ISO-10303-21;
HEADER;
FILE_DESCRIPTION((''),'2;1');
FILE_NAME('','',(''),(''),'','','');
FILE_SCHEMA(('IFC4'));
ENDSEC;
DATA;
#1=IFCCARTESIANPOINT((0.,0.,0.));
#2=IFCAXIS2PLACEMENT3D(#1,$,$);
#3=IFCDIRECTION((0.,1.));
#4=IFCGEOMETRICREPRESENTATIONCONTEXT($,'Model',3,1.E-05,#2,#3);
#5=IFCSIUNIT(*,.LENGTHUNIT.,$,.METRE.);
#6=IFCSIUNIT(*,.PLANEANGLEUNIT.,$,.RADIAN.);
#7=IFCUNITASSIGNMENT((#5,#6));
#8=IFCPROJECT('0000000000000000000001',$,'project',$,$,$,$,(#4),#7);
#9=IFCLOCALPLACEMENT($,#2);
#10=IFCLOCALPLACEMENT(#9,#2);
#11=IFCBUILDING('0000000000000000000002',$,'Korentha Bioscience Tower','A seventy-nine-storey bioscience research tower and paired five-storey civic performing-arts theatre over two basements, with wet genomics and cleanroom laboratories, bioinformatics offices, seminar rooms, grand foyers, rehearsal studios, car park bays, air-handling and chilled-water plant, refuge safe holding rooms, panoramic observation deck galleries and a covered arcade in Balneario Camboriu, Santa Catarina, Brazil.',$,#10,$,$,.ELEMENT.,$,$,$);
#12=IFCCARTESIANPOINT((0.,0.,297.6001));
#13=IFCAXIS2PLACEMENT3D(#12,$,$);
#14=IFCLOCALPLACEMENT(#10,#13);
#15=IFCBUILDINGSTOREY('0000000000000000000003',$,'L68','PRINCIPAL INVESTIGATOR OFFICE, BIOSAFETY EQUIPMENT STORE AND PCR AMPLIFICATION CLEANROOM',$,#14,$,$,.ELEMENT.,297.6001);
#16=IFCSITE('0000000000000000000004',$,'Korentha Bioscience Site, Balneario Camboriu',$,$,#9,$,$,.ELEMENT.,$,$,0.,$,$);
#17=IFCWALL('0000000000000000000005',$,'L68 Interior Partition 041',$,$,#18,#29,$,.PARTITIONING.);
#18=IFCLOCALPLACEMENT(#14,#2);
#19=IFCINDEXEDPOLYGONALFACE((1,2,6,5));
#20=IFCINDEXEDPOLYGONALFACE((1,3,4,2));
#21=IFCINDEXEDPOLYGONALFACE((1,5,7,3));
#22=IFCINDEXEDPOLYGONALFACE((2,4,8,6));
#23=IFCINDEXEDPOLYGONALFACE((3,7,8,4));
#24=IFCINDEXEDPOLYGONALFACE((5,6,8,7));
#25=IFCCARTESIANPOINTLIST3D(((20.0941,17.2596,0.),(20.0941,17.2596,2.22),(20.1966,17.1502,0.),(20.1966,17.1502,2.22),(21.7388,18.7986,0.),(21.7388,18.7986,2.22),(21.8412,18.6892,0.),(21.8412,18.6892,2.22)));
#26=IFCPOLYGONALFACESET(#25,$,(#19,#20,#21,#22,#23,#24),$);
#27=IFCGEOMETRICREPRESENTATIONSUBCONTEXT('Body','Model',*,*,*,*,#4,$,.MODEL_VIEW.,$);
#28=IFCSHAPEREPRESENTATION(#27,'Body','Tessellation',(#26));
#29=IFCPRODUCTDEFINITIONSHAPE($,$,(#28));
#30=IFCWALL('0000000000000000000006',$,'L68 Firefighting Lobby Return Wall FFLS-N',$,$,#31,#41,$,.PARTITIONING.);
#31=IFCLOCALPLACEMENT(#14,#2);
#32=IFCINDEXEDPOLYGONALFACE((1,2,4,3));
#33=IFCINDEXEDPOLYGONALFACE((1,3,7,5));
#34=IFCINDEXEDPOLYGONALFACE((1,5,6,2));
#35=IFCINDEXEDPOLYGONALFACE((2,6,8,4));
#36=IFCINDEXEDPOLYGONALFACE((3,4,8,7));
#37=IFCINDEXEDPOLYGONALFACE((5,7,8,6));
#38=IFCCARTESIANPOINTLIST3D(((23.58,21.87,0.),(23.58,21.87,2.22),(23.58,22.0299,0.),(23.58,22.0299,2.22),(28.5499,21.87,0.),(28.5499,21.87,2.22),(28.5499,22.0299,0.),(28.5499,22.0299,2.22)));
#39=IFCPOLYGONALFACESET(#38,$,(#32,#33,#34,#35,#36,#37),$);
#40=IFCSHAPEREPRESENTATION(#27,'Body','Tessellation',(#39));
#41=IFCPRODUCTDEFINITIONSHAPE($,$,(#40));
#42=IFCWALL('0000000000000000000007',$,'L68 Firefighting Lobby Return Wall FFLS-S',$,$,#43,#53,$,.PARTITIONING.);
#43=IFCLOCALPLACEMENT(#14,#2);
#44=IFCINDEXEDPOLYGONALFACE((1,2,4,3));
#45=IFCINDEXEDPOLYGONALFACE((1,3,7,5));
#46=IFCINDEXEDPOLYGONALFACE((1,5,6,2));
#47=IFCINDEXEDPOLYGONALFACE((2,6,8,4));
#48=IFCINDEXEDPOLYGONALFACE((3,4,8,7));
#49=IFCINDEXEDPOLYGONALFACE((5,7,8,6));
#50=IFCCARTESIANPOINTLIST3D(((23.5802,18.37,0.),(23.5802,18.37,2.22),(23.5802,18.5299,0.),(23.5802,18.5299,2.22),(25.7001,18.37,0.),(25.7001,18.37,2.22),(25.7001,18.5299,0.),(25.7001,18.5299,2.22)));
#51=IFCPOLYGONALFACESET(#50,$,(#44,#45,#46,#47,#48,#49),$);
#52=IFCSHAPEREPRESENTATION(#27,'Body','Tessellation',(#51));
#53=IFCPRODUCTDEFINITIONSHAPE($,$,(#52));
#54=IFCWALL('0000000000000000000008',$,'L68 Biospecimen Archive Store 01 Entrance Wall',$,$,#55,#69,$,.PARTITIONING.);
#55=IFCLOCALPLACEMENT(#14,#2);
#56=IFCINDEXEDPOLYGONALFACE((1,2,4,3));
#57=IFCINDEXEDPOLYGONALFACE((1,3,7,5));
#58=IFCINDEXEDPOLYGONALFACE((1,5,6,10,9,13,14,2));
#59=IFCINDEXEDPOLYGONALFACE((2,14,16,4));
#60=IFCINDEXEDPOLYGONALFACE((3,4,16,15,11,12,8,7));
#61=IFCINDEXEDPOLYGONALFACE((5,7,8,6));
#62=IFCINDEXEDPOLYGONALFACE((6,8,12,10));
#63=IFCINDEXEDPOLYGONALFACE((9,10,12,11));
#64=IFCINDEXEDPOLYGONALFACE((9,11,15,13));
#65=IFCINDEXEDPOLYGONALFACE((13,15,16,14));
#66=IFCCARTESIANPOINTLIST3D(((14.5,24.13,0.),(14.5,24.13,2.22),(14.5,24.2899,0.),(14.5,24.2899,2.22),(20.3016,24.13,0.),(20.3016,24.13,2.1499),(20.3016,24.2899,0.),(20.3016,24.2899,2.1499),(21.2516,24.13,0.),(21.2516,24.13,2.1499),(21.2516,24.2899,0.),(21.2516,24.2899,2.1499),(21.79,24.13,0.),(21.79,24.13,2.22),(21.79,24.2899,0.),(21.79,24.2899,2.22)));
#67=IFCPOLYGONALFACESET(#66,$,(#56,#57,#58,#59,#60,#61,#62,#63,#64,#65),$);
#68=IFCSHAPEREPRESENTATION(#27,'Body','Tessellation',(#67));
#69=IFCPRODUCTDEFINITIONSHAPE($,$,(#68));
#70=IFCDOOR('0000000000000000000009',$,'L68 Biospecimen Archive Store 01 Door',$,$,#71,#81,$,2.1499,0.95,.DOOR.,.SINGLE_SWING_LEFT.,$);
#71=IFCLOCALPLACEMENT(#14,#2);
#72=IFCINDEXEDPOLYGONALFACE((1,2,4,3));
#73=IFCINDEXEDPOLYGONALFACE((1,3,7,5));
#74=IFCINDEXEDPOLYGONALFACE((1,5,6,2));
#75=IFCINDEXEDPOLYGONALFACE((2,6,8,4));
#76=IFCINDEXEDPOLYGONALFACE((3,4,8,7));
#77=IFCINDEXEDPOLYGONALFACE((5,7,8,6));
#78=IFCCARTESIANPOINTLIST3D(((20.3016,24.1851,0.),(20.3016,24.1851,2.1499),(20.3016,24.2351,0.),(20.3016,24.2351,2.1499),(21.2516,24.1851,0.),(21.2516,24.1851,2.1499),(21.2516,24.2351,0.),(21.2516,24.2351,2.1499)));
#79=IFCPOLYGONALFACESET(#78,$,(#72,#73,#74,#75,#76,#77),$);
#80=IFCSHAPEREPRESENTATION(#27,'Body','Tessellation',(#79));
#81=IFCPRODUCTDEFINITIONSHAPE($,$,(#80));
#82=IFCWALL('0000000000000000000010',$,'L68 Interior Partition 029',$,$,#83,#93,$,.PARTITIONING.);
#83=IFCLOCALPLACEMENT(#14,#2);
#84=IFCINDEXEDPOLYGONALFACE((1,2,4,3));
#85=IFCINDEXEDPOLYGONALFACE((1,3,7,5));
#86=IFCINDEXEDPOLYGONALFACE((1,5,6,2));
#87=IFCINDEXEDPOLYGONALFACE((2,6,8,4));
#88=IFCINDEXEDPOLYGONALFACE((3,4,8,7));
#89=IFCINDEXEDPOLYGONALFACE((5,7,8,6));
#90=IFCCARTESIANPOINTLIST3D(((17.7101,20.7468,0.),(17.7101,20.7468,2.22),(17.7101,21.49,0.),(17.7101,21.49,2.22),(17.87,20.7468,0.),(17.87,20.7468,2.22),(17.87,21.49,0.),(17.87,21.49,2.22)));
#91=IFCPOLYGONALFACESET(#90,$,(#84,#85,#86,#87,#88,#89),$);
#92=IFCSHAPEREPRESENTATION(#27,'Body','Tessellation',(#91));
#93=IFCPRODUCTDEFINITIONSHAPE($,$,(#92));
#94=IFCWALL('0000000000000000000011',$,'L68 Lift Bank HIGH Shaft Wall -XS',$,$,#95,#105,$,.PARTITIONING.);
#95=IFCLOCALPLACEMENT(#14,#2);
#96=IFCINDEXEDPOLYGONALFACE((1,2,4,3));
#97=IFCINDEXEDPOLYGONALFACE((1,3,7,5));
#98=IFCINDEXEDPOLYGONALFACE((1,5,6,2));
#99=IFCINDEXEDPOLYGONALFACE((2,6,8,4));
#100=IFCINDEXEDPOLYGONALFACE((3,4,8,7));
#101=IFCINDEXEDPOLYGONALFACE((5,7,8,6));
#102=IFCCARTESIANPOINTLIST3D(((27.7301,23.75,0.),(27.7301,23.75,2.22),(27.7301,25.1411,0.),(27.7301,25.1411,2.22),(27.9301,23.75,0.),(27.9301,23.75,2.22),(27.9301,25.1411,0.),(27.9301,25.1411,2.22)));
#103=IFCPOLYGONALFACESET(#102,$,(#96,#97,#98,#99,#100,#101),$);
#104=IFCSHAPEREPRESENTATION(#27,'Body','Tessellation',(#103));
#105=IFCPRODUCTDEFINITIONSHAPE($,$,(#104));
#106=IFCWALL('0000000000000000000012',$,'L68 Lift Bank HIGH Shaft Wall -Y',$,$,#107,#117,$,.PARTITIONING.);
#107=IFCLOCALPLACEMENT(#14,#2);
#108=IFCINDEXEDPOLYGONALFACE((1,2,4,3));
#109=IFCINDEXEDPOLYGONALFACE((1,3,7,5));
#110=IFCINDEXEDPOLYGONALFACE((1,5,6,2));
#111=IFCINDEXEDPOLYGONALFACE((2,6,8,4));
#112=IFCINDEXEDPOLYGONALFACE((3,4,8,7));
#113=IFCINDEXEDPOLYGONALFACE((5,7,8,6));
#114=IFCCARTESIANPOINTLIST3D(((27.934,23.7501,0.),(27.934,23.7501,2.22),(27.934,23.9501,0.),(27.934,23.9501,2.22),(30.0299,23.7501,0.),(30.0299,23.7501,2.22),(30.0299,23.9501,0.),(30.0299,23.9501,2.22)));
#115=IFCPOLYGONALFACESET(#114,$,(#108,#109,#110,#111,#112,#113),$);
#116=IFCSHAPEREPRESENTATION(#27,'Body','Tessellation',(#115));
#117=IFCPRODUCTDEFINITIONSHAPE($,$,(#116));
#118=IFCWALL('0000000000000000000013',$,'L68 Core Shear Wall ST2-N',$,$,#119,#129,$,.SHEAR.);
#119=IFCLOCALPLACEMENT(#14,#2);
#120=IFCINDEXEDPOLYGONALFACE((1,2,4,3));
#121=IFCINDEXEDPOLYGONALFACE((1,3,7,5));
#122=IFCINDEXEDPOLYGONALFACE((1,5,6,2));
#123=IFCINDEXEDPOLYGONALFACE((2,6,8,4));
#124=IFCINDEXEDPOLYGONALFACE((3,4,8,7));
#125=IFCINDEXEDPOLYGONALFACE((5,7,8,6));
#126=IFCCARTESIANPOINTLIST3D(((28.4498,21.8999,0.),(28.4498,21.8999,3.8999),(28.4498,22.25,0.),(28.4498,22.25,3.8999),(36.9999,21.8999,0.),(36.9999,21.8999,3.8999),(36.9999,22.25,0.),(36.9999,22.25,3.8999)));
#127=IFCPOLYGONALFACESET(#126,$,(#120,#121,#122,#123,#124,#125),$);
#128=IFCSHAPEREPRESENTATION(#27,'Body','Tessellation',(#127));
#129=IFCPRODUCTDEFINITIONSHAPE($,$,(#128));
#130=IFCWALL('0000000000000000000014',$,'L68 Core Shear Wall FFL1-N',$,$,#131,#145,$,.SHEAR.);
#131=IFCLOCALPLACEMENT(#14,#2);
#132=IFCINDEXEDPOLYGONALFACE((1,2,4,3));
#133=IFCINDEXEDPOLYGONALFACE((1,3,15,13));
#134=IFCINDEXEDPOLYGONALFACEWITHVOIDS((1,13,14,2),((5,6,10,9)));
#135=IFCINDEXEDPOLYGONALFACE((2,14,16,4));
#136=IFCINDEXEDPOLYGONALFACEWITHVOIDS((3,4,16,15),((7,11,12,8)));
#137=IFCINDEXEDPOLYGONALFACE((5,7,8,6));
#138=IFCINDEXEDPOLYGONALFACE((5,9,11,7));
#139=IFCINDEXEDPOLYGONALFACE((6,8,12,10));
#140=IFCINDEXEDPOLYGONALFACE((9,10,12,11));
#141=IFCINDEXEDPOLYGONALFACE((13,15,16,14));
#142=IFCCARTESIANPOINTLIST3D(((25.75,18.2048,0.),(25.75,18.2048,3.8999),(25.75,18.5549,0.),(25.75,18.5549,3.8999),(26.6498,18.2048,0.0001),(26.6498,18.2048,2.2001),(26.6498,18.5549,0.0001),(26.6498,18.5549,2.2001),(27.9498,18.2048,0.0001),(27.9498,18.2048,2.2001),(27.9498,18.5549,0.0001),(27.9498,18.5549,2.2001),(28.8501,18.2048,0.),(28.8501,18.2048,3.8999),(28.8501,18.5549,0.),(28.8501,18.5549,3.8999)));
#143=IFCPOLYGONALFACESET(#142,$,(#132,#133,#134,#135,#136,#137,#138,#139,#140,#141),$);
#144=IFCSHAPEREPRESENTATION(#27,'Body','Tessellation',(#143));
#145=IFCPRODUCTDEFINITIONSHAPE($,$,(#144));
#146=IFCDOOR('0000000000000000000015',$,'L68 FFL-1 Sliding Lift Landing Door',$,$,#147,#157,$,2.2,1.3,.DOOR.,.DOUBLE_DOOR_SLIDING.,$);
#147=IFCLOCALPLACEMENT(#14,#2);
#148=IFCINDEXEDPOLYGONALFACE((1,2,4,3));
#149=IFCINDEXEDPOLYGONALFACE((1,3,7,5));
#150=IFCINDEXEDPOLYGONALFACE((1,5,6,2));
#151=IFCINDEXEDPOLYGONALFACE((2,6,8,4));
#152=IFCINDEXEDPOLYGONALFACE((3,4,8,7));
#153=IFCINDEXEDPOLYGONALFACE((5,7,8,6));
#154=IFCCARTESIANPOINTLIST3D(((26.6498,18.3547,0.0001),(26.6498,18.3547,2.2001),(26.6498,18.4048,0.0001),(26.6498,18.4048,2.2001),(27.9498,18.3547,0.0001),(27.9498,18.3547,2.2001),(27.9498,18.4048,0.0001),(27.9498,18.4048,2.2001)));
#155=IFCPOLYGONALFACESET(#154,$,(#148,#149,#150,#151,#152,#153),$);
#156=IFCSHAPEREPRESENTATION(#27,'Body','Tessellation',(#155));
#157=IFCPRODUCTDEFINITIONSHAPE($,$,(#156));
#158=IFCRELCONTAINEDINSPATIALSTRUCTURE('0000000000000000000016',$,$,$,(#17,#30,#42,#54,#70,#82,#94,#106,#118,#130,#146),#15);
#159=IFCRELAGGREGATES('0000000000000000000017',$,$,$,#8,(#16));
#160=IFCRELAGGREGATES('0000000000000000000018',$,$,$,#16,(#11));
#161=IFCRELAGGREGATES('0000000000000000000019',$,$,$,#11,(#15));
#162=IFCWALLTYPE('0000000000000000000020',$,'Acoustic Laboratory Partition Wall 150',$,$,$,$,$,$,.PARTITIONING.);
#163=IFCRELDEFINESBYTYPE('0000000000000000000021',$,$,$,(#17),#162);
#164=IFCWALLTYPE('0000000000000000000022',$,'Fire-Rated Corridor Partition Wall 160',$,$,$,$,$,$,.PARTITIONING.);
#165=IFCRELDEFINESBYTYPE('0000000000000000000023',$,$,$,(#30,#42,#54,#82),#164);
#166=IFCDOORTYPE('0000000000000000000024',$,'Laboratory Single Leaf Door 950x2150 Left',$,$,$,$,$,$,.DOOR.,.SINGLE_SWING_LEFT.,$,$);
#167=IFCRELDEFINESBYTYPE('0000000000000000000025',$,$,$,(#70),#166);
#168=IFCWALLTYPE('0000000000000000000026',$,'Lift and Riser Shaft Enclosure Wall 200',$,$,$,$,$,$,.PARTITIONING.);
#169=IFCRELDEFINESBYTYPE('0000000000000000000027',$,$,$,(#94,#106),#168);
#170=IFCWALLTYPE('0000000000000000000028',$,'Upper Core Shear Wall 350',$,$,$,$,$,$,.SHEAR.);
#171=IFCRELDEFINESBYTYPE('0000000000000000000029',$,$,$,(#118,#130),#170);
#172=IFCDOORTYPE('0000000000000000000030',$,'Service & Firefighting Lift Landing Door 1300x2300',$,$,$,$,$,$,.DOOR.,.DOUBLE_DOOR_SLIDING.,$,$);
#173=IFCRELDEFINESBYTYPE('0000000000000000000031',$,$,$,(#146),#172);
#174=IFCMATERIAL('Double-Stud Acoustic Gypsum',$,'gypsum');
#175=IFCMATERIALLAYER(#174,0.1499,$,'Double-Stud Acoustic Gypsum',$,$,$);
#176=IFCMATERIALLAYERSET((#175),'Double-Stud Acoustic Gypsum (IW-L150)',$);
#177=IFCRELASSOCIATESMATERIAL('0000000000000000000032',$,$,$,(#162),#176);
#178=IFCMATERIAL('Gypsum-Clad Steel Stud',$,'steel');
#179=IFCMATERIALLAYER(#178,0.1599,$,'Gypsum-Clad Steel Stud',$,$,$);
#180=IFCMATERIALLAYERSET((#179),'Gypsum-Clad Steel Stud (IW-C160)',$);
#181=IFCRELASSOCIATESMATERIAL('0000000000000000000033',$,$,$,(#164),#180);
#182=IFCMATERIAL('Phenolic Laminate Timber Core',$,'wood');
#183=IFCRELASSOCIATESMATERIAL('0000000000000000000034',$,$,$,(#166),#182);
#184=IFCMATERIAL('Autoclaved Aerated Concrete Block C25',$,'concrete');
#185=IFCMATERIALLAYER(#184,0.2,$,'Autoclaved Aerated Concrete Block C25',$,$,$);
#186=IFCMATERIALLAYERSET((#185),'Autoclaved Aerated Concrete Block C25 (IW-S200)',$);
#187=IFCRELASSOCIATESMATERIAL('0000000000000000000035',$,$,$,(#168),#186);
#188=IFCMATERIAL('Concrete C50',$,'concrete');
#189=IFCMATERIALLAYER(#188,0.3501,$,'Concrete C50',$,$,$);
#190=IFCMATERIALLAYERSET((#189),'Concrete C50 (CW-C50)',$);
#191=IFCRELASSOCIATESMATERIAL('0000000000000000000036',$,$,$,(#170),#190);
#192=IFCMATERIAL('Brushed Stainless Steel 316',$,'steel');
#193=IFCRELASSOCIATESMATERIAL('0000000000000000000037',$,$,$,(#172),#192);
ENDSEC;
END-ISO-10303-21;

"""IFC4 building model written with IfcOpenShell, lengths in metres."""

from ifc_helpers import new_model, si_unit, direction, frame, frame_2d, origin, place, context, subcontext, project, spatial, rectangle, extrude, material, layer, layer_set, type_object, element, fill, save


model = new_model("IFC4")

# Units and contexts
model_context = context("Model", 3, precision=1e-05, world=origin(), true_north=direction((0.0, 1.0)))
body_context = subcontext(model_context, "Body", "Model", "MODEL_VIEW")
ifc_project = project(units=[si_unit("LENGTHUNIT", "METRE"), si_unit("PLANEANGLEUNIT", "RADIAN")], contexts=[model_context])

# Site, building, storey
site_placement = place(None, origin())
site = spatial("IfcSite", under=ifc_project, at=site_placement, Name="Korentha Bioscience Site, Balneario Camboriu", CompositionType="ELEMENT", RefElevation=0.0)
building_placement = place(site_placement, origin())
building = spatial("IfcBuilding", under=site, at=building_placement, Name="Korentha Bioscience Tower", Description="A seventy-nine-storey bioscience research tower and paired five-storey civic performing-arts theatre over two basements, with wet genomics and cleanroom laboratories, bioinformatics offices, seminar rooms, grand foyers, rehearsal studios, car park bays, air-handling and chilled-water plant, refuge safe holding rooms, panoramic observation deck galleries and a covered arcade in Balneario Camboriu, Santa Catarina, Brazil.", CompositionType="ELEMENT")
storey_placement = place(building_placement, frame((0.0, 0.0, 297.6001)))
storey = spatial("IfcBuildingStorey", under=building, at=storey_placement, Name="L68", Description="PRINCIPAL INVESTIGATOR OFFICE, BIOSAFETY EQUIPMENT STORE AND PCR AMPLIFICATION CLEANROOM", CompositionType="ELEMENT", Elevation=297.6001)

# Shared definitions
ifc_material_1 = material(Name="Double-Stud Acoustic Gypsum", Category="gypsum")
ifc_layer_1 = layer(ifc_material_1, 0.1499, Name="Double-Stud Acoustic Gypsum")
ifc_layer_set_1 = layer_set([ifc_layer_1], Name="Double-Stud Acoustic Gypsum (IW-L150)")
wall_type_1 = type_object("IfcWallType", Name="Acoustic Laboratory Partition Wall 150", PredefinedType="PARTITIONING", material=ifc_layer_set_1)
ifc_material_2 = material(Name="Phenolic Laminate Timber Core", Category="wood")

# Wall
wall_1_placement = place(storey_placement, frame((21.79, 18.7439, 0.0), z_axis=(0.0, 0.0, 1.0), x_axis=(-0.730182, -0.683252, 0.0)))
element("IfcWall", 1, at=wall_1_placement, inside=storey, type_object=wall_type_1, Name="L68 Interior Partition 041", PredefinedType="PARTITIONING", context=body_context, shape_type="SweptSolid", body=[
    extrude(rectangle(XDim=2.2524, YDim=0.1499, at=frame_2d((1.1262, 0.0))), origin(), (0.0, 0.0, 1.0), 2.22),
])

# Shared definitions
ifc_material_3 = material(Name="Gypsum-Clad Steel Stud", Category="steel")
ifc_layer_2 = layer(ifc_material_3, 0.1599, Name="Gypsum-Clad Steel Stud")
ifc_layer_set_2 = layer_set([ifc_layer_2], Name="Gypsum-Clad Steel Stud (IW-C160)")
wall_type_2 = type_object("IfcWallType", Name="Fire-Rated Corridor Partition Wall 160", PredefinedType="PARTITIONING", material=ifc_layer_set_2)

# Walls
wall_2_placement = place(storey_placement, frame((23.5801, 21.95, 0.0), z_axis=(0.0, 0.0, 1.0), x_axis=(1.0, 0.0, 0.0)))
element("IfcWall", 2, at=wall_2_placement, inside=storey, type_object=wall_type_2, Name="L68 Firefighting Lobby Return Wall FFLS-N", PredefinedType="PARTITIONING", context=body_context, shape_type="SweptSolid", body=[
    extrude(rectangle(XDim=4.97, YDim=0.1599, at=frame_2d((2.4849, 0.0))), origin(), (0.0, 0.0, 1.0), 2.22),
])
wall_3_placement = place(storey_placement, frame((23.5801, 18.45, 0.0), z_axis=(0.0, 0.0, 1.0), x_axis=(1.0, 0.0, 0.0)))
element("IfcWall", 3, at=wall_3_placement, inside=storey, type_object=wall_type_2, Name="L68 Firefighting Lobby Return Wall FFLS-S", PredefinedType="PARTITIONING", context=body_context, shape_type="SweptSolid", body=[
    extrude(rectangle(XDim=2.1199, YDim=0.1599, at=frame_2d((1.0601, 0.0))), origin(), (0.0, 0.0, 1.0), 2.22),
])

# Wall, opening, door
wall_4_placement = place(storey_placement, frame((21.79, 24.21, 0.0), z_axis=(0.0, 0.0, 1.0), x_axis=(-1.0, 0.0, 0.0)))
wall_4 = element("IfcWall", 4, at=wall_4_placement, inside=storey, type_object=wall_type_2, Name="L68 Biospecimen Archive Store 01 Entrance Wall", PredefinedType="PARTITIONING", context=body_context, shape_type="SweptSolid", body=[
    extrude(rectangle(XDim=7.29, YDim=0.1599, at=frame_2d((3.645, 0.0))), origin(), (0.0, 0.0, 1.0), 2.22),
])
opening_1_placement = place(wall_4_placement, frame((0.5383, 0.0, 0.0)))
opening_1 = element("IfcOpeningElement", 5, at=opening_1_placement, cuts=wall_4, PredefinedType="OPENING", context=body_context, shape_type="SweptSolid", body=[
    extrude(rectangle(XDim=0.95, YDim=2.1499, at=frame_2d((0.4751, 1.075))), frame((0.0, 0.0947, 0.0), z_axis=(0.0, -1.0, 0.0), x_axis=(1.0, 0.0, 0.0)), (0.0, 0.0, 1.0), 0.1897),
])
door_type_1 = type_object("IfcDoorType", Name="Laboratory Single Leaf Door 950x2150 Left", OperationType="SINGLE_SWING_LEFT", PredefinedType="DOOR", material=ifc_material_2)
door_1_placement = place(opening_1_placement, origin())
door_1 = element("IfcDoor", 6, at=door_1_placement, inside=storey, type_object=door_type_1, Name="L68 Biospecimen Archive Store 01 Door", OperationType="SINGLE_SWING_LEFT", OverallHeight=2.1499, OverallWidth=0.95, PredefinedType="DOOR", context=body_context, shape_type="SweptSolid", body=[
    extrude(rectangle(XDim=0.95, YDim=2.1499, at=frame_2d((0.4751, 1.075))), frame((0.0, 0.0249, 0.0), z_axis=(0.0, -1.0, 0.0), x_axis=(1.0, 0.0, 0.0)), (0.0, 0.0, 1.0), 0.05),
])
fill(opening_1, door_1)

# Walls
wall_5_placement = place(storey_placement, frame((17.79, 21.49, 0.0), z_axis=(0.0, 0.0, 1.0), x_axis=(0.0, -1.0, 0.0)))
element("IfcWall", 7, at=wall_5_placement, inside=storey, type_object=wall_type_2, Name="L68 Interior Partition 029", PredefinedType="PARTITIONING", context=body_context, shape_type="SweptSolid", body=[
    extrude(rectangle(XDim=0.7432, YDim=0.1599, at=frame_2d((0.3716, 0.0))), origin(), (0.0, 0.0, 1.0), 2.22),
])
ifc_material_4 = material(Name="Autoclaved Aerated Concrete Block C25", Category="concrete")
ifc_layer_3 = layer(ifc_material_4, 0.2, Name="Autoclaved Aerated Concrete Block C25")
ifc_layer_set_3 = layer_set([ifc_layer_3], Name="Autoclaved Aerated Concrete Block C25 (IW-S200)")
wall_type_3 = type_object("IfcWallType", Name="Lift and Riser Shaft Enclosure Wall 200", PredefinedType="PARTITIONING", material=ifc_layer_set_3)
wall_6_placement = place(storey_placement, frame((27.8301, 23.75, 0.0), z_axis=(0.0, 0.0, 1.0), x_axis=(0.0, 1.0, 0.0)))
element("IfcWall", 8, at=wall_6_placement, inside=storey, type_object=wall_type_3, Name="L68 Lift Bank HIGH Shaft Wall -XS", PredefinedType="PARTITIONING", context=body_context, shape_type="SweptSolid", body=[
    extrude(rectangle(XDim=1.3911, YDim=0.2, at=frame_2d((0.6956, 0.0))), origin(), (0.0, 0.0, 1.0), 2.22),
])
wall_7_placement = place(storey_placement, frame((27.9341, 23.8501, 0.0), z_axis=(0.0, 0.0, 1.0), x_axis=(1.0, 0.0, 0.0)))
element("IfcWall", 9, at=wall_7_placement, inside=storey, type_object=wall_type_3, Name="L68 Lift Bank HIGH Shaft Wall -Y", PredefinedType="PARTITIONING", context=body_context, shape_type="SweptSolid", body=[
    extrude(rectangle(XDim=2.0959, YDim=0.2, at=frame_2d((1.0479, 0.0))), origin(), (0.0, 0.0, 1.0), 2.22),
])
ifc_material_5 = material(Name="Concrete C50", Category="concrete")
ifc_layer_4 = layer(ifc_material_5, 0.3501, Name="Concrete C50")
ifc_layer_set_4 = layer_set([ifc_layer_4], Name="Concrete C50 (CW-C50)")
wall_type_4 = type_object("IfcWallType", Name="Upper Core Shear Wall 350", PredefinedType="SHEAR", material=ifc_layer_set_4)
wall_8_placement = place(storey_placement, frame((28.45, 22.075, 0.0), z_axis=(0.0, 0.0, 1.0), x_axis=(1.0, 0.0, 0.0)))
element("IfcWall", 10, at=wall_8_placement, inside=storey, type_object=wall_type_4, Name="L68 Core Shear Wall ST2-N", PredefinedType="SHEAR", context=body_context, shape_type="SweptSolid", body=[
    extrude(rectangle(XDim=8.55, YDim=0.3501, at=frame_2d((4.2749, 0.0))), origin(), (0.0, 0.0, 1.0), 3.8999),
])

# Wall, opening, door
wall_9_placement = place(storey_placement, frame((25.75, 18.3799, 0.0), z_axis=(0.0, 0.0, 1.0), x_axis=(1.0, 0.0, 0.0)))
wall_9 = element("IfcWall", 11, at=wall_9_placement, inside=storey, type_object=wall_type_4, Name="L68 Core Shear Wall FFL1-N", PredefinedType="SHEAR", context=body_context, shape_type="SweptSolid", body=[
    extrude(rectangle(XDim=3.1001, YDim=0.3501, at=frame_2d((1.55, 0.0))), origin(), (0.0, 0.0, 1.0), 3.8999),
])
opening_2_placement = place(wall_9_placement, frame((0.8999, 0.0, 0.0)))
opening_2 = element("IfcOpeningElement", 12, at=opening_2_placement, cuts=wall_9, PredefinedType="OPENING", context=body_context, shape_type="SweptSolid", body=[
    extrude(rectangle(XDim=1.3, YDim=2.2, at=frame_2d((0.6499, 1.1001))), frame((0.0, 0.1899, 0.0), z_axis=(0.0, -1.0, 0.0), x_axis=(1.0, 0.0, 0.0)), (0.0, 0.0, 1.0), 0.3799),
])
ifc_material_6 = material(Name="Brushed Stainless Steel 316", Category="steel")
door_type_2 = type_object("IfcDoorType", Name="Service & Firefighting Lift Landing Door 1300x2300", OperationType="DOUBLE_DOOR_SLIDING", PredefinedType="DOOR", material=ifc_material_6)
door_2_placement = place(opening_2_placement, origin())
door_2 = element("IfcDoor", 13, at=door_2_placement, inside=storey, type_object=door_type_2, Name="L68 FFL-1 Sliding Lift Landing Door", OperationType="DOUBLE_DOOR_SLIDING", OverallHeight=2.2, OverallWidth=1.3, PredefinedType="DOOR", context=body_context, shape_type="SweptSolid", body=[
    extrude(rectangle(XDim=1.3, YDim=2.2, at=frame_2d((0.6499, 1.1001))), frame((0.0, 0.0249, 0.0), z_axis=(0.0, -1.0, 0.0), x_axis=(1.0, 0.0, 0.0)), (0.0, 0.0, 1.0), 0.05),
])
fill(opening_2, door_2)

save(model, "model.ifc")
